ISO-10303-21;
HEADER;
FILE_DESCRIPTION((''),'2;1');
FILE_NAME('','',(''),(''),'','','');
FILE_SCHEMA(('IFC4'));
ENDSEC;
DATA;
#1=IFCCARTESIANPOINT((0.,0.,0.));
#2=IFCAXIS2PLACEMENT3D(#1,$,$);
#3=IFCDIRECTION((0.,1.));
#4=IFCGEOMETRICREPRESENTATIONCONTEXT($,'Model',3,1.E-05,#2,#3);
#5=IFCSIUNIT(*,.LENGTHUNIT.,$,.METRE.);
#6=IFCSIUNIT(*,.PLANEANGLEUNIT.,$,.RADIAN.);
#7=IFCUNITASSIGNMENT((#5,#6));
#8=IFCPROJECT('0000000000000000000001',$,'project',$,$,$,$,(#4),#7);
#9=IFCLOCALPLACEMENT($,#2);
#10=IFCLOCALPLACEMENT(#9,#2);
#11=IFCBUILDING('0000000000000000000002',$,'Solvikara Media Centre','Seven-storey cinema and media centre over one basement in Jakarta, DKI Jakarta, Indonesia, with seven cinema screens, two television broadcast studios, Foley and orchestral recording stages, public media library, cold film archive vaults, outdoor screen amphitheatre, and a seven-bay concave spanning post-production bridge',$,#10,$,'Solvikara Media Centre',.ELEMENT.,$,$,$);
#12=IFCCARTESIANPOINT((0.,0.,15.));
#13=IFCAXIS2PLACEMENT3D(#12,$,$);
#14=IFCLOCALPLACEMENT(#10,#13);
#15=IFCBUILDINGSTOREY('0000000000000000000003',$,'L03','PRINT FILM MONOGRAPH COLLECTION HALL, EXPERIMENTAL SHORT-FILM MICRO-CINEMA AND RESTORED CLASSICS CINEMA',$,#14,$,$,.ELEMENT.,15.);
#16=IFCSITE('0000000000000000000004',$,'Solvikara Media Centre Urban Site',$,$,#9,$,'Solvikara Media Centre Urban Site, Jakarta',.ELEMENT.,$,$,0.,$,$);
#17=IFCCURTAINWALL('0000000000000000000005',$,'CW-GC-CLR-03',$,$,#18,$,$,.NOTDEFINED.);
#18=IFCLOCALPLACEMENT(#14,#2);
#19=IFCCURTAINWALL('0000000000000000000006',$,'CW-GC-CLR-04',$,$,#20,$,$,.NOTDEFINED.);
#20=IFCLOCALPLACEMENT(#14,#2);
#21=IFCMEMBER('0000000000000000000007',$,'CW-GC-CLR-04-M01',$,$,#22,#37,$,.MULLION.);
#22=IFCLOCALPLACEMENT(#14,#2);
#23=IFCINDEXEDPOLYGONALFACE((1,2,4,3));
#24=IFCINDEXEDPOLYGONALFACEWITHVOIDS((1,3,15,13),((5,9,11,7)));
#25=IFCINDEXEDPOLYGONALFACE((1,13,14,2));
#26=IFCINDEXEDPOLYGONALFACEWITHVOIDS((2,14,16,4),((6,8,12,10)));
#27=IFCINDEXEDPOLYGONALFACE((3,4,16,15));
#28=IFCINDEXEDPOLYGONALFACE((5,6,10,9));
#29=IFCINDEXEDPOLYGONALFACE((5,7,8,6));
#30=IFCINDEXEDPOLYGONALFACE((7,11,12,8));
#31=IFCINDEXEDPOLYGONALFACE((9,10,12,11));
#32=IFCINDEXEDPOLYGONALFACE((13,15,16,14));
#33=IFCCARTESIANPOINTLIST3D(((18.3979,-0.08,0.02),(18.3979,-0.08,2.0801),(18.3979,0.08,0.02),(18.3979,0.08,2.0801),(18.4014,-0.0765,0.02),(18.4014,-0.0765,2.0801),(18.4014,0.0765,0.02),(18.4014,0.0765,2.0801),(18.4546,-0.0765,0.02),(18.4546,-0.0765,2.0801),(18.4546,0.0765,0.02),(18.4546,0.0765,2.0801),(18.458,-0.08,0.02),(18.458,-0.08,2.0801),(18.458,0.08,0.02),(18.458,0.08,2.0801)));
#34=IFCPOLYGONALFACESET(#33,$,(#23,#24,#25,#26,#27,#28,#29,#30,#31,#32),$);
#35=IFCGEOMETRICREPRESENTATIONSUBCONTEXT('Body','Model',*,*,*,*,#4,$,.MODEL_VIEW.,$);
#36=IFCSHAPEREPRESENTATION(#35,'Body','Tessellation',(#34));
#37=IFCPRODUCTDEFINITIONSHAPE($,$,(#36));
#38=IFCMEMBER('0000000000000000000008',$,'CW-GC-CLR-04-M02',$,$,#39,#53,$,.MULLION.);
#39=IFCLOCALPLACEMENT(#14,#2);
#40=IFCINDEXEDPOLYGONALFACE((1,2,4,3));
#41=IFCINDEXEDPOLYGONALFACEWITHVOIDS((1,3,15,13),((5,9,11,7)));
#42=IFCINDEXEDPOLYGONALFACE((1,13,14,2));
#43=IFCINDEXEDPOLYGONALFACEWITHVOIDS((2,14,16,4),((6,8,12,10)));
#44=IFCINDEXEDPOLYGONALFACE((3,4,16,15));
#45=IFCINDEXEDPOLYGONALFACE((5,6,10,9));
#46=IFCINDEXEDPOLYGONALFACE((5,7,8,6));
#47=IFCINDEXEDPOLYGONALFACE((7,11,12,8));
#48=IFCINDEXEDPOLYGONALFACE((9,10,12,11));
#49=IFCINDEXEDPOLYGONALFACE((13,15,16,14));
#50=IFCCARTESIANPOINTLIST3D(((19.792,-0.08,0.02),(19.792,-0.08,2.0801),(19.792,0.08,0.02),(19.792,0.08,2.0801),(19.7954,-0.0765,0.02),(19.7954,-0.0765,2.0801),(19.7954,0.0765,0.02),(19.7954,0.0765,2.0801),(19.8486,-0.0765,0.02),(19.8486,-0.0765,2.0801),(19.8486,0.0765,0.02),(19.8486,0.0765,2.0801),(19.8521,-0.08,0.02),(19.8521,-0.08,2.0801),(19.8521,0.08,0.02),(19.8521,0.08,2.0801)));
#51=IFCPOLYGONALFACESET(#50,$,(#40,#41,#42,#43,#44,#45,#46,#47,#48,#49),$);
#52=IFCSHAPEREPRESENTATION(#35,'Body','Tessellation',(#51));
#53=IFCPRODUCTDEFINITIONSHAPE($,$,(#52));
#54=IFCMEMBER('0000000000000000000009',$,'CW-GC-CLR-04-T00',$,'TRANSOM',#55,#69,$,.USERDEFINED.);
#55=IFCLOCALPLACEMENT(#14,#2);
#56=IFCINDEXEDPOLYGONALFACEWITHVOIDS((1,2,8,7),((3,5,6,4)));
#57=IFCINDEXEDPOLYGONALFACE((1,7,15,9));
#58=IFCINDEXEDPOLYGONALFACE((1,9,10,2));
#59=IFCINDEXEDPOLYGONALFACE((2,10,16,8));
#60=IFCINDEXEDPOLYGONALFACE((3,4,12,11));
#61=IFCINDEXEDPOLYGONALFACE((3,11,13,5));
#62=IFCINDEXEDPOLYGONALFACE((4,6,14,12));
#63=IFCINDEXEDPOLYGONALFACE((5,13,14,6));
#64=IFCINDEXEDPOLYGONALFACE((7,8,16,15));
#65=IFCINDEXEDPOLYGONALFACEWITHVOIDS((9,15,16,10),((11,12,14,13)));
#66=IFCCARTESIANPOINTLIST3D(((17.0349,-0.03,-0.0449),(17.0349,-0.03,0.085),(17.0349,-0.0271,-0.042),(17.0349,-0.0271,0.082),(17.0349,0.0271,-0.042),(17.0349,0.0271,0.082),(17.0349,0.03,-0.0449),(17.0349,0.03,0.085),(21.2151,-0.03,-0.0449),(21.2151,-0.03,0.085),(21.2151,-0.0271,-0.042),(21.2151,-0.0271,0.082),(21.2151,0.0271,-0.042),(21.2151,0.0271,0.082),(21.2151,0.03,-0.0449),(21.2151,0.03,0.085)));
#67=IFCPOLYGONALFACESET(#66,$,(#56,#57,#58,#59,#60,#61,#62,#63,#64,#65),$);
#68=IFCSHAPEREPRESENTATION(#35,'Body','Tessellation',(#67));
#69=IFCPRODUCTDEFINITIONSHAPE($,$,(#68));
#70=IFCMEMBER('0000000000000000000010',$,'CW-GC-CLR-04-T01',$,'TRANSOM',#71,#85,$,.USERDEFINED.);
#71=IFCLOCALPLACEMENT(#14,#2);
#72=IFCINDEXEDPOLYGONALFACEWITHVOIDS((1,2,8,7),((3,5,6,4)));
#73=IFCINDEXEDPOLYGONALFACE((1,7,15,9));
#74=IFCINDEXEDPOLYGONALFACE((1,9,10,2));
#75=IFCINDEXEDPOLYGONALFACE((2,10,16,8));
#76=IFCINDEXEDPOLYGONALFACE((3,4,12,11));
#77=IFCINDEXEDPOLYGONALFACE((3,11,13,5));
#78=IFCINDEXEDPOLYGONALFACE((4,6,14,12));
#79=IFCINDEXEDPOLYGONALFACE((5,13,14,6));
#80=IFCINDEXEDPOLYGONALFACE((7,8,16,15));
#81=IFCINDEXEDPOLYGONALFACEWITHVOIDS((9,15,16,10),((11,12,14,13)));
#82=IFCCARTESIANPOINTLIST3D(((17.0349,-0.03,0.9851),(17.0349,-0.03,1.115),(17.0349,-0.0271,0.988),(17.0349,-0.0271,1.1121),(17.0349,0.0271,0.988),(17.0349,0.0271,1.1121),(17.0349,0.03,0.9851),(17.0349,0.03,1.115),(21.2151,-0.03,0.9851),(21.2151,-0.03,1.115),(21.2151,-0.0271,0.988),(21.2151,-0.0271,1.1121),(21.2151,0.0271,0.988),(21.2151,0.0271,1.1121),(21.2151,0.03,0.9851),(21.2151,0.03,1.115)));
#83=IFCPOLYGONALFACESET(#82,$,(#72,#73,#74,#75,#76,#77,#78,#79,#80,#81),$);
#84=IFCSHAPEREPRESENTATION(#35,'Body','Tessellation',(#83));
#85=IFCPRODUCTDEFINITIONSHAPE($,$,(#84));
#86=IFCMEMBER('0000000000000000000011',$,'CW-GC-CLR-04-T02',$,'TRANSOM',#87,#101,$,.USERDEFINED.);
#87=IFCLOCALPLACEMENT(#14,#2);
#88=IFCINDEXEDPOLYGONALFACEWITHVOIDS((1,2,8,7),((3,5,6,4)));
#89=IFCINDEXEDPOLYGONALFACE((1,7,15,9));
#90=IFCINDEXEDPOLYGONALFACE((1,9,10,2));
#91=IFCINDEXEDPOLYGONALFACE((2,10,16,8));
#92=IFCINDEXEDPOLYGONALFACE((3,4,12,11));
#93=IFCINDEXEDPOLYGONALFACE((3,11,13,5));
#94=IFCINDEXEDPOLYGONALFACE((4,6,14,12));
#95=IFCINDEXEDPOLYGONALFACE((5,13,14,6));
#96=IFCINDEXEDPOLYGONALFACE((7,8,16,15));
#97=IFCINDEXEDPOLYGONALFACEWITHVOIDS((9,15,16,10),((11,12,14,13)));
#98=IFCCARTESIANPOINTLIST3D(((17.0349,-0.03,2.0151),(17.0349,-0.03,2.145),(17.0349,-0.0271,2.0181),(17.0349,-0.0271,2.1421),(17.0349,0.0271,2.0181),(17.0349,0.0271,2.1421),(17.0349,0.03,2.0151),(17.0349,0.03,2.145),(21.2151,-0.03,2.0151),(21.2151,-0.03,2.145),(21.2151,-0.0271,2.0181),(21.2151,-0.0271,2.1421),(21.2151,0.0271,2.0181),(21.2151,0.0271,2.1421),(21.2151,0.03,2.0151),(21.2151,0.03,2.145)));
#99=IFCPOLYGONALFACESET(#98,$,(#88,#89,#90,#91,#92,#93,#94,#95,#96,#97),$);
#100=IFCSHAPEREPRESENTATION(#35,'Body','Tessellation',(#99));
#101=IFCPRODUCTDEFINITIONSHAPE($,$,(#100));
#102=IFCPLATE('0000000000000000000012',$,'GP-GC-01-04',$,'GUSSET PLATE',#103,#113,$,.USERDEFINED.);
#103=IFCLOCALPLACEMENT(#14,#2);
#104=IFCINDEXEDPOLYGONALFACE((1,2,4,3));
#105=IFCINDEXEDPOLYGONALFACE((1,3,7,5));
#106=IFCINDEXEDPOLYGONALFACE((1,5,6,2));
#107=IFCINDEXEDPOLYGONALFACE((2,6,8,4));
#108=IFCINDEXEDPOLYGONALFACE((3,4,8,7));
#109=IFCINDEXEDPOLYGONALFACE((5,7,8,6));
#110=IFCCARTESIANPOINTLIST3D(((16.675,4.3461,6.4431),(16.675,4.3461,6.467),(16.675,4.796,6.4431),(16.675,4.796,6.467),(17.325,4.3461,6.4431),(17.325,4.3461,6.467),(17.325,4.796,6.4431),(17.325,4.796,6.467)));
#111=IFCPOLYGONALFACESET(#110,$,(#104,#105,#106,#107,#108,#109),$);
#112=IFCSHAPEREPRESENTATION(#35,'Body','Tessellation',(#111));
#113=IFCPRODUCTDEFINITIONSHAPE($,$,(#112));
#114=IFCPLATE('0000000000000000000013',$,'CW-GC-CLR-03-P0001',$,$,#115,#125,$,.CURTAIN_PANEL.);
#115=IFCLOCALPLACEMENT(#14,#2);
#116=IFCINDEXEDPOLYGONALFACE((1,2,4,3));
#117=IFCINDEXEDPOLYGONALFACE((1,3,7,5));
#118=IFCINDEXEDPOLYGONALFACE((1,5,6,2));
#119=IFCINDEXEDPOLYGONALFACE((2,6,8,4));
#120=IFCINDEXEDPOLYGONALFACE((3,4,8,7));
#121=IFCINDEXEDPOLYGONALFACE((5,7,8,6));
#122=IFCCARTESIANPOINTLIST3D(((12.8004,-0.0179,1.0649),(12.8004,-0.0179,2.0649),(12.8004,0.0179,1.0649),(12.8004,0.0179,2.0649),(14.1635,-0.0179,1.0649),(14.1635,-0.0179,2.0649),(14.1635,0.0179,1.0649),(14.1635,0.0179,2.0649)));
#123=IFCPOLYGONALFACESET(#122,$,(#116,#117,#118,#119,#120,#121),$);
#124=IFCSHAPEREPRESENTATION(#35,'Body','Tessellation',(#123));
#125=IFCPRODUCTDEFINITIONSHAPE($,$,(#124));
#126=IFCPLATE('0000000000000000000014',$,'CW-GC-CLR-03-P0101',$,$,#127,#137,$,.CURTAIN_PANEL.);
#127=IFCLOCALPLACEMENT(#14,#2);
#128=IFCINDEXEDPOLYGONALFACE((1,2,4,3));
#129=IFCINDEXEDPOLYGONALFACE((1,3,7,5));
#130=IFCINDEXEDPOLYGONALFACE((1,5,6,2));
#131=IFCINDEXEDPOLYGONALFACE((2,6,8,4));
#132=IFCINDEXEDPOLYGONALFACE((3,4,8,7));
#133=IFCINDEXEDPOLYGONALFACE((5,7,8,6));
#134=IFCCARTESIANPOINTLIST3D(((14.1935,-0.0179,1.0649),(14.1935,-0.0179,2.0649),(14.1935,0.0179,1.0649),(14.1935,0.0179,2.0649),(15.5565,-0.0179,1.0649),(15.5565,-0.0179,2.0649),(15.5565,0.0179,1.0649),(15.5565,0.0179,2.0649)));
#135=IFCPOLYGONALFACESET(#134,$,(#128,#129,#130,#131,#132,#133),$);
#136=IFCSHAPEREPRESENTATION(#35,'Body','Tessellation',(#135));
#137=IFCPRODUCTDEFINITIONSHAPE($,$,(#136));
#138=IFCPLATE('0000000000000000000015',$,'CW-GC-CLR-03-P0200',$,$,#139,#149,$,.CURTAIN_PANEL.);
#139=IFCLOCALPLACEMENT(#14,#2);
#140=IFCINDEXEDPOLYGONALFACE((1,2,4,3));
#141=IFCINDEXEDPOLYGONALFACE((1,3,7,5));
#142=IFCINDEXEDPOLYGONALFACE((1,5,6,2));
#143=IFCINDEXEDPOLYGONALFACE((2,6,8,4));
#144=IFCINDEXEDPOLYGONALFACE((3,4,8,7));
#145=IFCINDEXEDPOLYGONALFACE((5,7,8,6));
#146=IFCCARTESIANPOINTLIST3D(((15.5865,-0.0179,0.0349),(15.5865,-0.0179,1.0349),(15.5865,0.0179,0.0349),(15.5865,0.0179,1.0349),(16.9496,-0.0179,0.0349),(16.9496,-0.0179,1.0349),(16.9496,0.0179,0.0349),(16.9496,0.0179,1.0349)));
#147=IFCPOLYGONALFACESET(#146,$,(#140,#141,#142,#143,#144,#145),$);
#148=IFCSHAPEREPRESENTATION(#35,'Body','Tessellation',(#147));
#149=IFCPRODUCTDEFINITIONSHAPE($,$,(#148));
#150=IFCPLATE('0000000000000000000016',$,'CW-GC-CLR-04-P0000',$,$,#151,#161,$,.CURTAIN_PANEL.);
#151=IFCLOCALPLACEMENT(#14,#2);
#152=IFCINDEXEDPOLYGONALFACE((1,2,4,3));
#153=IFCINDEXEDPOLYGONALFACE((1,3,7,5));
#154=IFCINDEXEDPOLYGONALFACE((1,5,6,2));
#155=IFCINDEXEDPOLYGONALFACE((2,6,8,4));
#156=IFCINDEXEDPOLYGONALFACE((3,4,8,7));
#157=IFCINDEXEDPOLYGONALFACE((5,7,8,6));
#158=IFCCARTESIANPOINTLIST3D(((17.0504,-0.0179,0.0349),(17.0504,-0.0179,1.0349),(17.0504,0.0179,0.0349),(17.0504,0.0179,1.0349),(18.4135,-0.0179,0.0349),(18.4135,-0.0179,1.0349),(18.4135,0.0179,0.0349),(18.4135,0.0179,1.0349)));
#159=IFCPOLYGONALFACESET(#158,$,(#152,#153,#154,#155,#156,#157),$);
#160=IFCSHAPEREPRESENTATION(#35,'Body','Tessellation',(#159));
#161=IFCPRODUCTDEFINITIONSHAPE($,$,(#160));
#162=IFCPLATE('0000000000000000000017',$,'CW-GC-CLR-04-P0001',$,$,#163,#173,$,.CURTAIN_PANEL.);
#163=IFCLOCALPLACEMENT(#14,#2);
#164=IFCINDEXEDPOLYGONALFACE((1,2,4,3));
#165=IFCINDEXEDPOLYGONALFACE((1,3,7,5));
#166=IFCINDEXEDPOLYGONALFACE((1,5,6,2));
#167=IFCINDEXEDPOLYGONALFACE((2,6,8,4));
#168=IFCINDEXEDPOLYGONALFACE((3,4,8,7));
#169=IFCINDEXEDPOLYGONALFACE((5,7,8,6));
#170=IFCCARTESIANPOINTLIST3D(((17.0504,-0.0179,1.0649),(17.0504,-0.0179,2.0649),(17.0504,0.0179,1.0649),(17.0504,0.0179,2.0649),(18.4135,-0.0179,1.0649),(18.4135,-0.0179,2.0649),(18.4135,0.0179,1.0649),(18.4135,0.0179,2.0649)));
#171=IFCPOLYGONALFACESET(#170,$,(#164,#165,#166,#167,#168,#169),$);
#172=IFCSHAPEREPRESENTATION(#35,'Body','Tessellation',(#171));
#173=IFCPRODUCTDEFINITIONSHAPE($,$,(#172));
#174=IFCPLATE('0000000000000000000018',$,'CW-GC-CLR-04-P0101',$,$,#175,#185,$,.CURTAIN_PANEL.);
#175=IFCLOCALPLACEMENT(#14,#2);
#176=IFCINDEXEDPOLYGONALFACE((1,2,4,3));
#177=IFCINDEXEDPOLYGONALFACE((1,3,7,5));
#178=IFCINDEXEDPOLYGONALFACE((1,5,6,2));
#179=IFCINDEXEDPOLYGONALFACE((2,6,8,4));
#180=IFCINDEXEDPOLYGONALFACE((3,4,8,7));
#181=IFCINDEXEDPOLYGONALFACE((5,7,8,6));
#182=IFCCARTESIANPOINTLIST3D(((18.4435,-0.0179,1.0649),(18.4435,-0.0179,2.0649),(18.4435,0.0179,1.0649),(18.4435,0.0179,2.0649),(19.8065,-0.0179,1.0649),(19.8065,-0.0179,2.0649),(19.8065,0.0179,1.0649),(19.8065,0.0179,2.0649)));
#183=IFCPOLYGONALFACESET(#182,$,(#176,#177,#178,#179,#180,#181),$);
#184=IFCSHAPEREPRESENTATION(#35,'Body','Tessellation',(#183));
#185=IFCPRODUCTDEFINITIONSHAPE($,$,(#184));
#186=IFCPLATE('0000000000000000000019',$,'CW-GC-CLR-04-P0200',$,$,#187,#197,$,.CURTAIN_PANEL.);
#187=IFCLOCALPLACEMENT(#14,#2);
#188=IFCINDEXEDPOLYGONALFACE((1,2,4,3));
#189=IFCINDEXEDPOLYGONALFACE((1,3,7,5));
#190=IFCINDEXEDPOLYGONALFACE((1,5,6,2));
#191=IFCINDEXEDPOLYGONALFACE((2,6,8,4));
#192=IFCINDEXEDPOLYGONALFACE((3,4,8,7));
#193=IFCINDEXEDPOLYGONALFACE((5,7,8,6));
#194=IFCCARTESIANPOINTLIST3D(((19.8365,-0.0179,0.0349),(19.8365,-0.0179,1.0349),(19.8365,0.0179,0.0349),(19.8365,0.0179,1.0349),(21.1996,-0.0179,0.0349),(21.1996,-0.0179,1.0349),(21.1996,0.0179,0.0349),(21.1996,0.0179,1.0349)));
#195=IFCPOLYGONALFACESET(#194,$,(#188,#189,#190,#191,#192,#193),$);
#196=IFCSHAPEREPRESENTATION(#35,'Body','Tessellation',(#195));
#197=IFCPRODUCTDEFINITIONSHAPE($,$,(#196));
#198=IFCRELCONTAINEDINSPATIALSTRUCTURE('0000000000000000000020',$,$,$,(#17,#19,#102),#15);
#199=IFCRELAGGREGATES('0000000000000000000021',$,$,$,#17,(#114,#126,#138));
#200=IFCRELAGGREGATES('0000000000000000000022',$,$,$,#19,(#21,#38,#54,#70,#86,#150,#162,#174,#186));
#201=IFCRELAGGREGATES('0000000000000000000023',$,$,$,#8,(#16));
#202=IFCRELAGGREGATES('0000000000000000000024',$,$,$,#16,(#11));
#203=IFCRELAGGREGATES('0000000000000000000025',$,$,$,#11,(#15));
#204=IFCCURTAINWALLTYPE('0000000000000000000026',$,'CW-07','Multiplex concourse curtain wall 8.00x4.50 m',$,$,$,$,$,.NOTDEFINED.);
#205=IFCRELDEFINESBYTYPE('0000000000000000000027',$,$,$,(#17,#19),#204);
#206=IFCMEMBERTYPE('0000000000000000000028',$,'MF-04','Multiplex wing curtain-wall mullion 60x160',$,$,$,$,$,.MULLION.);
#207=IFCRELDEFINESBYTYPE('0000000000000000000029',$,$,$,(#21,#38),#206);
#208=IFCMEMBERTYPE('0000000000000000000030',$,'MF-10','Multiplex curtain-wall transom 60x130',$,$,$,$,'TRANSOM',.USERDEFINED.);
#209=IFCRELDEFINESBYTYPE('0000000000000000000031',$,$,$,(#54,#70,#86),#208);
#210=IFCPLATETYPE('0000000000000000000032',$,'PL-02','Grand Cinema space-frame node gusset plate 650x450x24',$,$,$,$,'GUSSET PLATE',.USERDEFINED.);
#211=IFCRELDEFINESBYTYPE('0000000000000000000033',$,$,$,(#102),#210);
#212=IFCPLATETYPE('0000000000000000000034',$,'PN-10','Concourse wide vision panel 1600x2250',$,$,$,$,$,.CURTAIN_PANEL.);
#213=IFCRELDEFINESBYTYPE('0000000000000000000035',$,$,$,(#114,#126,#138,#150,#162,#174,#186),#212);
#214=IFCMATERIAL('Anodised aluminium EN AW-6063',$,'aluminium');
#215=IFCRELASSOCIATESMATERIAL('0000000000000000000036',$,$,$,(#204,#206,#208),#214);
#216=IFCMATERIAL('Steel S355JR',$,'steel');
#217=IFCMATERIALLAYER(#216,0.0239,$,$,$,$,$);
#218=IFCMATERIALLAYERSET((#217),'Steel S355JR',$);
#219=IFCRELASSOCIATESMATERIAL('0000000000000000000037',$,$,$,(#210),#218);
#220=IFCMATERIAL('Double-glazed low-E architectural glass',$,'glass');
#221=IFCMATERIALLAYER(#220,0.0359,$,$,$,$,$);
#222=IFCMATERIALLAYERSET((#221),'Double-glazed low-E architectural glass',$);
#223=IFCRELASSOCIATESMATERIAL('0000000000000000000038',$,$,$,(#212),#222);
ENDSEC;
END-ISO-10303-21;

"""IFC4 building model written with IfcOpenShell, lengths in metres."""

from ifc_helpers import new_model, si_unit, direction, frame, origin, origin_2d, place, context, subcontext, project, spatial, rectangle, hollow_rectangle, extrude, material, layer, layer_set, material_profile, profile_set, type_object, element, aggregate, save


model = new_model("IFC4")

# Units and contexts
model_context = context("Model", 3, precision=1e-05, world=origin(), true_north=direction((0.0, 1.0)))
body_context = subcontext(model_context, "Body", "Model", "MODEL_VIEW")
ifc_project = project(units=[si_unit("LENGTHUNIT", "METRE"), si_unit("PLANEANGLEUNIT", "RADIAN")], contexts=[model_context])

# Site, building, storey
site_placement = place(None, origin())
site = spatial("IfcSite", under=ifc_project, at=site_placement, Name="Solvikara Media Centre Urban Site", LongName="Solvikara Media Centre Urban Site, Jakarta", CompositionType="ELEMENT", RefElevation=0.0)
building_placement = place(site_placement, origin())
building = spatial("IfcBuilding", under=site, at=building_placement, Name="Solvikara Media Centre", Description="Seven-storey cinema and media centre over one basement in Jakarta, DKI Jakarta, Indonesia, with seven cinema screens, two television broadcast studios, Foley and orchestral recording stages, public media library, cold film archive vaults, outdoor screen amphitheatre, and a seven-bay concave spanning post-production bridge", LongName="Solvikara Media Centre", CompositionType="ELEMENT")
storey_placement = place(building_placement, frame((0.0, 0.0, 15.0)))
storey = spatial("IfcBuildingStorey", under=building, at=storey_placement, Name="L03", Description="PRINT FILM MONOGRAPH COLLECTION HALL, EXPERIMENTAL SHORT-FILM MICRO-CINEMA AND RESTORED CLASSICS CINEMA", CompositionType="ELEMENT", Elevation=15.0)

# Shared definitions
ifc_material_1 = material(Name="Steel S355JR", Category="steel")

# Curtain walls, members
ifc_material_2 = material(Name="Anodised aluminium EN AW-6063", Category="aluminium")
curtain_wall_type = type_object("IfcCurtainWallType", Name="CW-07", Description="Multiplex concourse curtain wall 8.00x4.50 m", PredefinedType="NOTDEFINED", material=ifc_material_2)
curtain_wall_1_placement = place(storey_placement, origin())
curtain_wall_1 = element("IfcCurtainWall", 1, at=curtain_wall_1_placement, inside=storey, type_object=curtain_wall_type, Name="CW-GC-CLR-03", PredefinedType="NOTDEFINED")
ifc_material_profile_1 = material_profile(ifc_material_2, hollow_rectangle(XDim=0.0601, YDim=0.1599, WallThickness=0.0034, at=origin_2d()), Name="ALU-M 60x160x3.5")
ifc_profile_set_1 = profile_set([ifc_material_profile_1], Name="Anodised aluminium EN AW-6063")
member_type_1 = type_object("IfcMemberType", Name="MF-04", Description="Multiplex wing curtain-wall mullion 60x160", PredefinedType="MULLION", material=ifc_profile_set_1)
curtain_wall_2_placement = place(storey_placement, origin())
curtain_wall_2 = element("IfcCurtainWall", 2, at=curtain_wall_2_placement, inside=storey, type_object=curtain_wall_type, Name="CW-GC-CLR-04", PredefinedType="NOTDEFINED")
member_1_placement = place(storey_placement, frame((18.428, 0.0, 0.02), z_axis=(0.0, 0.0, 1.0), x_axis=(1.0, 0.0, 0.0)))
member_1 = element("IfcMember", 3, at=member_1_placement, type_object=member_type_1, Name="CW-GC-CLR-04-M01", PredefinedType="MULLION", context=body_context, shape_type="SweptSolid", body=[
    extrude(hollow_rectangle(XDim=0.0601, YDim=0.1599, WallThickness=0.0034, at=origin_2d()), origin(), (0.0, 0.0, 1.0), 2.0601),
])
member_2_placement = place(storey_placement, frame((19.822, 0.0, 0.02), z_axis=(0.0, 0.0, 1.0), x_axis=(1.0, 0.0, 0.0)))
member_2 = element("IfcMember", 4, at=member_2_placement, type_object=member_type_1, Name="CW-GC-CLR-04-M02", PredefinedType="MULLION", context=body_context, shape_type="SweptSolid", body=[
    extrude(hollow_rectangle(XDim=0.0601, YDim=0.1599, WallThickness=0.0034, at=origin_2d()), origin(), (0.0, 0.0, 1.0), 2.0601),
])
ifc_material_profile_2 = material_profile(ifc_material_2, hollow_rectangle(XDim=0.0601, YDim=0.1299, WallThickness=0.0029, at=origin_2d()), Name="ALU-T 60x130x3")
ifc_profile_set_2 = profile_set([ifc_material_profile_2], Name="Anodised aluminium EN AW-6063")
member_type_2 = type_object("IfcMemberType", Name="MF-10", Description="Multiplex curtain-wall transom 60x130", ElementType="TRANSOM", PredefinedType="USERDEFINED", material=ifc_profile_set_2)
member_3_placement = place(storey_placement, frame((17.0349, 0.0, 0.02), z_axis=(1.0, 0.0, 0.0), x_axis=(0.0, 1.0, 0.0)))
member_3 = element("IfcMember", 5, at=member_3_placement, type_object=member_type_2, Name="CW-GC-CLR-04-T00", ObjectType="TRANSOM", PredefinedType="USERDEFINED", context=body_context, shape_type="SweptSolid", body=[
    extrude(hollow_rectangle(XDim=0.0601, YDim=0.1299, WallThickness=0.0029, at=origin_2d()), origin(), (0.0, 0.0, 1.0), 4.1802),
])
member_4_placement = place(storey_placement, frame((17.0349, 0.0, 1.05), z_axis=(1.0, 0.0, 0.0), x_axis=(0.0, 1.0, 0.0)))
member_4 = element("IfcMember", 6, at=member_4_placement, type_object=member_type_2, Name="CW-GC-CLR-04-T01", ObjectType="TRANSOM", PredefinedType="USERDEFINED", context=body_context, shape_type="SweptSolid", body=[
    extrude(hollow_rectangle(XDim=0.0601, YDim=0.1299, WallThickness=0.0029, at=origin_2d()), origin(), (0.0, 0.0, 1.0), 4.1802),
])
member_5_placement = place(storey_placement, frame((17.0349, 0.0, 2.0801), z_axis=(1.0, 0.0, 0.0), x_axis=(0.0, 1.0, 0.0)))
member_5 = element("IfcMember", 7, at=member_5_placement, type_object=member_type_2, Name="CW-GC-CLR-04-T02", ObjectType="TRANSOM", PredefinedType="USERDEFINED", context=body_context, shape_type="SweptSolid", body=[
    extrude(hollow_rectangle(XDim=0.0601, YDim=0.1299, WallThickness=0.0029, at=origin_2d()), origin(), (0.0, 0.0, 1.0), 4.1802),
])

# Plates
ifc_layer_1 = layer(ifc_material_1, 0.0239)
ifc_layer_set_1 = layer_set([ifc_layer_1], Name="Steel S355JR")
plate_type_1 = type_object("IfcPlateType", Name="PL-02", Description="Grand Cinema space-frame node gusset plate 650x450x24", ElementType="GUSSET PLATE", PredefinedType="USERDEFINED", material=ifc_layer_set_1)
plate_1_placement = place(storey_placement, frame((17.0, 4.571, 6.4431), z_axis=(0.0, 0.0, 1.0), x_axis=(1.0, 0.0, 0.0)))
element("IfcPlate", 8, at=plate_1_placement, inside=storey, type_object=plate_type_1, Name="GP-GC-01-04", ObjectType="GUSSET PLATE", PredefinedType="USERDEFINED", context=body_context, shape_type="SweptSolid", body=[
    extrude(rectangle(XDim=0.6499, YDim=0.45, at=origin_2d()), origin(), (0.0, 0.0, 1.0), 0.0239),
])
ifc_material_3 = material(Name="Double-glazed low-E architectural glass", Category="glass")
ifc_layer_2 = layer(ifc_material_3, 0.0359)
ifc_layer_set_2 = layer_set([ifc_layer_2], Name="Double-glazed low-E architectural glass")
plate_type_2 = type_object("IfcPlateType", Name="PN-10", Description="Concourse wide vision panel 1600x2250", PredefinedType="CURTAIN_PANEL", material=ifc_layer_set_2)
plate_2_placement = place(storey_placement, frame((13.4819, 0.0, 1.0649), z_axis=(0.0, 0.0, 1.0), x_axis=(1.0, 0.0, 0.0)))
plate_2 = element("IfcPlate", 9, at=plate_2_placement, type_object=plate_type_2, Name="CW-GC-CLR-03-P0001", PredefinedType="CURTAIN_PANEL", context=body_context, shape_type="SweptSolid", body=[
    extrude(rectangle(XDim=1.363, YDim=0.0359, at=origin_2d()), origin(), (0.0, 0.0, 1.0), 1.0),
])
plate_3_placement = place(storey_placement, frame((14.875, 0.0, 1.0649), z_axis=(0.0, 0.0, 1.0), x_axis=(1.0, 0.0, 0.0)))
plate_3 = element("IfcPlate", 10, at=plate_3_placement, type_object=plate_type_2, Name="CW-GC-CLR-03-P0101", PredefinedType="CURTAIN_PANEL", context=body_context, shape_type="SweptSolid", body=[
    extrude(rectangle(XDim=1.363, YDim=0.0359, at=origin_2d()), origin(), (0.0, 0.0, 1.0), 1.0),
])
plate_4_placement = place(storey_placement, frame((16.2681, 0.0, 0.0349), z_axis=(0.0, 0.0, 1.0), x_axis=(1.0, 0.0, 0.0)))
plate_4 = element("IfcPlate", 11, at=plate_4_placement, type_object=plate_type_2, Name="CW-GC-CLR-03-P0200", PredefinedType="CURTAIN_PANEL", context=body_context, shape_type="SweptSolid", body=[
    extrude(rectangle(XDim=1.363, YDim=0.0359, at=origin_2d()), origin(), (0.0, 0.0, 1.0), 1.0),
])
plate_5_placement = place(storey_placement, frame((17.7319, 0.0, 0.0349), z_axis=(0.0, 0.0, 1.0), x_axis=(1.0, 0.0, 0.0)))
plate_5 = element("IfcPlate", 12, at=plate_5_placement, type_object=plate_type_2, Name="CW-GC-CLR-04-P0000", PredefinedType="CURTAIN_PANEL", context=body_context, shape_type="SweptSolid", body=[
    extrude(rectangle(XDim=1.363, YDim=0.0359, at=origin_2d()), origin(), (0.0, 0.0, 1.0), 1.0),
])
plate_6_placement = place(storey_placement, frame((17.7319, 0.0, 1.0649), z_axis=(0.0, 0.0, 1.0), x_axis=(1.0, 0.0, 0.0)))
plate_6 = element("IfcPlate", 13, at=plate_6_placement, type_object=plate_type_2, Name="CW-GC-CLR-04-P0001", PredefinedType="CURTAIN_PANEL", context=body_context, shape_type="SweptSolid", body=[
    extrude(rectangle(XDim=1.363, YDim=0.0359, at=origin_2d()), origin(), (0.0, 0.0, 1.0), 1.0),
])
plate_7_placement = place(storey_placement, frame((19.125, 0.0, 1.0649), z_axis=(0.0, 0.0, 1.0), x_axis=(1.0, 0.0, 0.0)))
plate_7 = element("IfcPlate", 14, at=plate_7_placement, type_object=plate_type_2, Name="CW-GC-CLR-04-P0101", PredefinedType="CURTAIN_PANEL", context=body_context, shape_type="SweptSolid", body=[
    extrude(rectangle(XDim=1.363, YDim=0.0359, at=origin_2d()), origin(), (0.0, 0.0, 1.0), 1.0),
])
plate_8_placement = place(storey_placement, frame((20.5181, 0.0, 0.0349), z_axis=(0.0, 0.0, 1.0), x_axis=(1.0, 0.0, 0.0)))
plate_8 = element("IfcPlate", 15, at=plate_8_placement, type_object=plate_type_2, Name="CW-GC-CLR-04-P0200", PredefinedType="CURTAIN_PANEL", context=body_context, shape_type="SweptSolid", body=[
    extrude(rectangle(XDim=1.363, YDim=0.0359, at=origin_2d()), origin(), (0.0, 0.0, 1.0), 1.0),
])
aggregate(curtain_wall_1, [plate_2, plate_3, plate_4])
aggregate(curtain_wall_2, [member_1, member_2, member_3, member_4, member_5, plate_5, plate_6, plate_7, plate_8])

save(model, "model.ifc")
